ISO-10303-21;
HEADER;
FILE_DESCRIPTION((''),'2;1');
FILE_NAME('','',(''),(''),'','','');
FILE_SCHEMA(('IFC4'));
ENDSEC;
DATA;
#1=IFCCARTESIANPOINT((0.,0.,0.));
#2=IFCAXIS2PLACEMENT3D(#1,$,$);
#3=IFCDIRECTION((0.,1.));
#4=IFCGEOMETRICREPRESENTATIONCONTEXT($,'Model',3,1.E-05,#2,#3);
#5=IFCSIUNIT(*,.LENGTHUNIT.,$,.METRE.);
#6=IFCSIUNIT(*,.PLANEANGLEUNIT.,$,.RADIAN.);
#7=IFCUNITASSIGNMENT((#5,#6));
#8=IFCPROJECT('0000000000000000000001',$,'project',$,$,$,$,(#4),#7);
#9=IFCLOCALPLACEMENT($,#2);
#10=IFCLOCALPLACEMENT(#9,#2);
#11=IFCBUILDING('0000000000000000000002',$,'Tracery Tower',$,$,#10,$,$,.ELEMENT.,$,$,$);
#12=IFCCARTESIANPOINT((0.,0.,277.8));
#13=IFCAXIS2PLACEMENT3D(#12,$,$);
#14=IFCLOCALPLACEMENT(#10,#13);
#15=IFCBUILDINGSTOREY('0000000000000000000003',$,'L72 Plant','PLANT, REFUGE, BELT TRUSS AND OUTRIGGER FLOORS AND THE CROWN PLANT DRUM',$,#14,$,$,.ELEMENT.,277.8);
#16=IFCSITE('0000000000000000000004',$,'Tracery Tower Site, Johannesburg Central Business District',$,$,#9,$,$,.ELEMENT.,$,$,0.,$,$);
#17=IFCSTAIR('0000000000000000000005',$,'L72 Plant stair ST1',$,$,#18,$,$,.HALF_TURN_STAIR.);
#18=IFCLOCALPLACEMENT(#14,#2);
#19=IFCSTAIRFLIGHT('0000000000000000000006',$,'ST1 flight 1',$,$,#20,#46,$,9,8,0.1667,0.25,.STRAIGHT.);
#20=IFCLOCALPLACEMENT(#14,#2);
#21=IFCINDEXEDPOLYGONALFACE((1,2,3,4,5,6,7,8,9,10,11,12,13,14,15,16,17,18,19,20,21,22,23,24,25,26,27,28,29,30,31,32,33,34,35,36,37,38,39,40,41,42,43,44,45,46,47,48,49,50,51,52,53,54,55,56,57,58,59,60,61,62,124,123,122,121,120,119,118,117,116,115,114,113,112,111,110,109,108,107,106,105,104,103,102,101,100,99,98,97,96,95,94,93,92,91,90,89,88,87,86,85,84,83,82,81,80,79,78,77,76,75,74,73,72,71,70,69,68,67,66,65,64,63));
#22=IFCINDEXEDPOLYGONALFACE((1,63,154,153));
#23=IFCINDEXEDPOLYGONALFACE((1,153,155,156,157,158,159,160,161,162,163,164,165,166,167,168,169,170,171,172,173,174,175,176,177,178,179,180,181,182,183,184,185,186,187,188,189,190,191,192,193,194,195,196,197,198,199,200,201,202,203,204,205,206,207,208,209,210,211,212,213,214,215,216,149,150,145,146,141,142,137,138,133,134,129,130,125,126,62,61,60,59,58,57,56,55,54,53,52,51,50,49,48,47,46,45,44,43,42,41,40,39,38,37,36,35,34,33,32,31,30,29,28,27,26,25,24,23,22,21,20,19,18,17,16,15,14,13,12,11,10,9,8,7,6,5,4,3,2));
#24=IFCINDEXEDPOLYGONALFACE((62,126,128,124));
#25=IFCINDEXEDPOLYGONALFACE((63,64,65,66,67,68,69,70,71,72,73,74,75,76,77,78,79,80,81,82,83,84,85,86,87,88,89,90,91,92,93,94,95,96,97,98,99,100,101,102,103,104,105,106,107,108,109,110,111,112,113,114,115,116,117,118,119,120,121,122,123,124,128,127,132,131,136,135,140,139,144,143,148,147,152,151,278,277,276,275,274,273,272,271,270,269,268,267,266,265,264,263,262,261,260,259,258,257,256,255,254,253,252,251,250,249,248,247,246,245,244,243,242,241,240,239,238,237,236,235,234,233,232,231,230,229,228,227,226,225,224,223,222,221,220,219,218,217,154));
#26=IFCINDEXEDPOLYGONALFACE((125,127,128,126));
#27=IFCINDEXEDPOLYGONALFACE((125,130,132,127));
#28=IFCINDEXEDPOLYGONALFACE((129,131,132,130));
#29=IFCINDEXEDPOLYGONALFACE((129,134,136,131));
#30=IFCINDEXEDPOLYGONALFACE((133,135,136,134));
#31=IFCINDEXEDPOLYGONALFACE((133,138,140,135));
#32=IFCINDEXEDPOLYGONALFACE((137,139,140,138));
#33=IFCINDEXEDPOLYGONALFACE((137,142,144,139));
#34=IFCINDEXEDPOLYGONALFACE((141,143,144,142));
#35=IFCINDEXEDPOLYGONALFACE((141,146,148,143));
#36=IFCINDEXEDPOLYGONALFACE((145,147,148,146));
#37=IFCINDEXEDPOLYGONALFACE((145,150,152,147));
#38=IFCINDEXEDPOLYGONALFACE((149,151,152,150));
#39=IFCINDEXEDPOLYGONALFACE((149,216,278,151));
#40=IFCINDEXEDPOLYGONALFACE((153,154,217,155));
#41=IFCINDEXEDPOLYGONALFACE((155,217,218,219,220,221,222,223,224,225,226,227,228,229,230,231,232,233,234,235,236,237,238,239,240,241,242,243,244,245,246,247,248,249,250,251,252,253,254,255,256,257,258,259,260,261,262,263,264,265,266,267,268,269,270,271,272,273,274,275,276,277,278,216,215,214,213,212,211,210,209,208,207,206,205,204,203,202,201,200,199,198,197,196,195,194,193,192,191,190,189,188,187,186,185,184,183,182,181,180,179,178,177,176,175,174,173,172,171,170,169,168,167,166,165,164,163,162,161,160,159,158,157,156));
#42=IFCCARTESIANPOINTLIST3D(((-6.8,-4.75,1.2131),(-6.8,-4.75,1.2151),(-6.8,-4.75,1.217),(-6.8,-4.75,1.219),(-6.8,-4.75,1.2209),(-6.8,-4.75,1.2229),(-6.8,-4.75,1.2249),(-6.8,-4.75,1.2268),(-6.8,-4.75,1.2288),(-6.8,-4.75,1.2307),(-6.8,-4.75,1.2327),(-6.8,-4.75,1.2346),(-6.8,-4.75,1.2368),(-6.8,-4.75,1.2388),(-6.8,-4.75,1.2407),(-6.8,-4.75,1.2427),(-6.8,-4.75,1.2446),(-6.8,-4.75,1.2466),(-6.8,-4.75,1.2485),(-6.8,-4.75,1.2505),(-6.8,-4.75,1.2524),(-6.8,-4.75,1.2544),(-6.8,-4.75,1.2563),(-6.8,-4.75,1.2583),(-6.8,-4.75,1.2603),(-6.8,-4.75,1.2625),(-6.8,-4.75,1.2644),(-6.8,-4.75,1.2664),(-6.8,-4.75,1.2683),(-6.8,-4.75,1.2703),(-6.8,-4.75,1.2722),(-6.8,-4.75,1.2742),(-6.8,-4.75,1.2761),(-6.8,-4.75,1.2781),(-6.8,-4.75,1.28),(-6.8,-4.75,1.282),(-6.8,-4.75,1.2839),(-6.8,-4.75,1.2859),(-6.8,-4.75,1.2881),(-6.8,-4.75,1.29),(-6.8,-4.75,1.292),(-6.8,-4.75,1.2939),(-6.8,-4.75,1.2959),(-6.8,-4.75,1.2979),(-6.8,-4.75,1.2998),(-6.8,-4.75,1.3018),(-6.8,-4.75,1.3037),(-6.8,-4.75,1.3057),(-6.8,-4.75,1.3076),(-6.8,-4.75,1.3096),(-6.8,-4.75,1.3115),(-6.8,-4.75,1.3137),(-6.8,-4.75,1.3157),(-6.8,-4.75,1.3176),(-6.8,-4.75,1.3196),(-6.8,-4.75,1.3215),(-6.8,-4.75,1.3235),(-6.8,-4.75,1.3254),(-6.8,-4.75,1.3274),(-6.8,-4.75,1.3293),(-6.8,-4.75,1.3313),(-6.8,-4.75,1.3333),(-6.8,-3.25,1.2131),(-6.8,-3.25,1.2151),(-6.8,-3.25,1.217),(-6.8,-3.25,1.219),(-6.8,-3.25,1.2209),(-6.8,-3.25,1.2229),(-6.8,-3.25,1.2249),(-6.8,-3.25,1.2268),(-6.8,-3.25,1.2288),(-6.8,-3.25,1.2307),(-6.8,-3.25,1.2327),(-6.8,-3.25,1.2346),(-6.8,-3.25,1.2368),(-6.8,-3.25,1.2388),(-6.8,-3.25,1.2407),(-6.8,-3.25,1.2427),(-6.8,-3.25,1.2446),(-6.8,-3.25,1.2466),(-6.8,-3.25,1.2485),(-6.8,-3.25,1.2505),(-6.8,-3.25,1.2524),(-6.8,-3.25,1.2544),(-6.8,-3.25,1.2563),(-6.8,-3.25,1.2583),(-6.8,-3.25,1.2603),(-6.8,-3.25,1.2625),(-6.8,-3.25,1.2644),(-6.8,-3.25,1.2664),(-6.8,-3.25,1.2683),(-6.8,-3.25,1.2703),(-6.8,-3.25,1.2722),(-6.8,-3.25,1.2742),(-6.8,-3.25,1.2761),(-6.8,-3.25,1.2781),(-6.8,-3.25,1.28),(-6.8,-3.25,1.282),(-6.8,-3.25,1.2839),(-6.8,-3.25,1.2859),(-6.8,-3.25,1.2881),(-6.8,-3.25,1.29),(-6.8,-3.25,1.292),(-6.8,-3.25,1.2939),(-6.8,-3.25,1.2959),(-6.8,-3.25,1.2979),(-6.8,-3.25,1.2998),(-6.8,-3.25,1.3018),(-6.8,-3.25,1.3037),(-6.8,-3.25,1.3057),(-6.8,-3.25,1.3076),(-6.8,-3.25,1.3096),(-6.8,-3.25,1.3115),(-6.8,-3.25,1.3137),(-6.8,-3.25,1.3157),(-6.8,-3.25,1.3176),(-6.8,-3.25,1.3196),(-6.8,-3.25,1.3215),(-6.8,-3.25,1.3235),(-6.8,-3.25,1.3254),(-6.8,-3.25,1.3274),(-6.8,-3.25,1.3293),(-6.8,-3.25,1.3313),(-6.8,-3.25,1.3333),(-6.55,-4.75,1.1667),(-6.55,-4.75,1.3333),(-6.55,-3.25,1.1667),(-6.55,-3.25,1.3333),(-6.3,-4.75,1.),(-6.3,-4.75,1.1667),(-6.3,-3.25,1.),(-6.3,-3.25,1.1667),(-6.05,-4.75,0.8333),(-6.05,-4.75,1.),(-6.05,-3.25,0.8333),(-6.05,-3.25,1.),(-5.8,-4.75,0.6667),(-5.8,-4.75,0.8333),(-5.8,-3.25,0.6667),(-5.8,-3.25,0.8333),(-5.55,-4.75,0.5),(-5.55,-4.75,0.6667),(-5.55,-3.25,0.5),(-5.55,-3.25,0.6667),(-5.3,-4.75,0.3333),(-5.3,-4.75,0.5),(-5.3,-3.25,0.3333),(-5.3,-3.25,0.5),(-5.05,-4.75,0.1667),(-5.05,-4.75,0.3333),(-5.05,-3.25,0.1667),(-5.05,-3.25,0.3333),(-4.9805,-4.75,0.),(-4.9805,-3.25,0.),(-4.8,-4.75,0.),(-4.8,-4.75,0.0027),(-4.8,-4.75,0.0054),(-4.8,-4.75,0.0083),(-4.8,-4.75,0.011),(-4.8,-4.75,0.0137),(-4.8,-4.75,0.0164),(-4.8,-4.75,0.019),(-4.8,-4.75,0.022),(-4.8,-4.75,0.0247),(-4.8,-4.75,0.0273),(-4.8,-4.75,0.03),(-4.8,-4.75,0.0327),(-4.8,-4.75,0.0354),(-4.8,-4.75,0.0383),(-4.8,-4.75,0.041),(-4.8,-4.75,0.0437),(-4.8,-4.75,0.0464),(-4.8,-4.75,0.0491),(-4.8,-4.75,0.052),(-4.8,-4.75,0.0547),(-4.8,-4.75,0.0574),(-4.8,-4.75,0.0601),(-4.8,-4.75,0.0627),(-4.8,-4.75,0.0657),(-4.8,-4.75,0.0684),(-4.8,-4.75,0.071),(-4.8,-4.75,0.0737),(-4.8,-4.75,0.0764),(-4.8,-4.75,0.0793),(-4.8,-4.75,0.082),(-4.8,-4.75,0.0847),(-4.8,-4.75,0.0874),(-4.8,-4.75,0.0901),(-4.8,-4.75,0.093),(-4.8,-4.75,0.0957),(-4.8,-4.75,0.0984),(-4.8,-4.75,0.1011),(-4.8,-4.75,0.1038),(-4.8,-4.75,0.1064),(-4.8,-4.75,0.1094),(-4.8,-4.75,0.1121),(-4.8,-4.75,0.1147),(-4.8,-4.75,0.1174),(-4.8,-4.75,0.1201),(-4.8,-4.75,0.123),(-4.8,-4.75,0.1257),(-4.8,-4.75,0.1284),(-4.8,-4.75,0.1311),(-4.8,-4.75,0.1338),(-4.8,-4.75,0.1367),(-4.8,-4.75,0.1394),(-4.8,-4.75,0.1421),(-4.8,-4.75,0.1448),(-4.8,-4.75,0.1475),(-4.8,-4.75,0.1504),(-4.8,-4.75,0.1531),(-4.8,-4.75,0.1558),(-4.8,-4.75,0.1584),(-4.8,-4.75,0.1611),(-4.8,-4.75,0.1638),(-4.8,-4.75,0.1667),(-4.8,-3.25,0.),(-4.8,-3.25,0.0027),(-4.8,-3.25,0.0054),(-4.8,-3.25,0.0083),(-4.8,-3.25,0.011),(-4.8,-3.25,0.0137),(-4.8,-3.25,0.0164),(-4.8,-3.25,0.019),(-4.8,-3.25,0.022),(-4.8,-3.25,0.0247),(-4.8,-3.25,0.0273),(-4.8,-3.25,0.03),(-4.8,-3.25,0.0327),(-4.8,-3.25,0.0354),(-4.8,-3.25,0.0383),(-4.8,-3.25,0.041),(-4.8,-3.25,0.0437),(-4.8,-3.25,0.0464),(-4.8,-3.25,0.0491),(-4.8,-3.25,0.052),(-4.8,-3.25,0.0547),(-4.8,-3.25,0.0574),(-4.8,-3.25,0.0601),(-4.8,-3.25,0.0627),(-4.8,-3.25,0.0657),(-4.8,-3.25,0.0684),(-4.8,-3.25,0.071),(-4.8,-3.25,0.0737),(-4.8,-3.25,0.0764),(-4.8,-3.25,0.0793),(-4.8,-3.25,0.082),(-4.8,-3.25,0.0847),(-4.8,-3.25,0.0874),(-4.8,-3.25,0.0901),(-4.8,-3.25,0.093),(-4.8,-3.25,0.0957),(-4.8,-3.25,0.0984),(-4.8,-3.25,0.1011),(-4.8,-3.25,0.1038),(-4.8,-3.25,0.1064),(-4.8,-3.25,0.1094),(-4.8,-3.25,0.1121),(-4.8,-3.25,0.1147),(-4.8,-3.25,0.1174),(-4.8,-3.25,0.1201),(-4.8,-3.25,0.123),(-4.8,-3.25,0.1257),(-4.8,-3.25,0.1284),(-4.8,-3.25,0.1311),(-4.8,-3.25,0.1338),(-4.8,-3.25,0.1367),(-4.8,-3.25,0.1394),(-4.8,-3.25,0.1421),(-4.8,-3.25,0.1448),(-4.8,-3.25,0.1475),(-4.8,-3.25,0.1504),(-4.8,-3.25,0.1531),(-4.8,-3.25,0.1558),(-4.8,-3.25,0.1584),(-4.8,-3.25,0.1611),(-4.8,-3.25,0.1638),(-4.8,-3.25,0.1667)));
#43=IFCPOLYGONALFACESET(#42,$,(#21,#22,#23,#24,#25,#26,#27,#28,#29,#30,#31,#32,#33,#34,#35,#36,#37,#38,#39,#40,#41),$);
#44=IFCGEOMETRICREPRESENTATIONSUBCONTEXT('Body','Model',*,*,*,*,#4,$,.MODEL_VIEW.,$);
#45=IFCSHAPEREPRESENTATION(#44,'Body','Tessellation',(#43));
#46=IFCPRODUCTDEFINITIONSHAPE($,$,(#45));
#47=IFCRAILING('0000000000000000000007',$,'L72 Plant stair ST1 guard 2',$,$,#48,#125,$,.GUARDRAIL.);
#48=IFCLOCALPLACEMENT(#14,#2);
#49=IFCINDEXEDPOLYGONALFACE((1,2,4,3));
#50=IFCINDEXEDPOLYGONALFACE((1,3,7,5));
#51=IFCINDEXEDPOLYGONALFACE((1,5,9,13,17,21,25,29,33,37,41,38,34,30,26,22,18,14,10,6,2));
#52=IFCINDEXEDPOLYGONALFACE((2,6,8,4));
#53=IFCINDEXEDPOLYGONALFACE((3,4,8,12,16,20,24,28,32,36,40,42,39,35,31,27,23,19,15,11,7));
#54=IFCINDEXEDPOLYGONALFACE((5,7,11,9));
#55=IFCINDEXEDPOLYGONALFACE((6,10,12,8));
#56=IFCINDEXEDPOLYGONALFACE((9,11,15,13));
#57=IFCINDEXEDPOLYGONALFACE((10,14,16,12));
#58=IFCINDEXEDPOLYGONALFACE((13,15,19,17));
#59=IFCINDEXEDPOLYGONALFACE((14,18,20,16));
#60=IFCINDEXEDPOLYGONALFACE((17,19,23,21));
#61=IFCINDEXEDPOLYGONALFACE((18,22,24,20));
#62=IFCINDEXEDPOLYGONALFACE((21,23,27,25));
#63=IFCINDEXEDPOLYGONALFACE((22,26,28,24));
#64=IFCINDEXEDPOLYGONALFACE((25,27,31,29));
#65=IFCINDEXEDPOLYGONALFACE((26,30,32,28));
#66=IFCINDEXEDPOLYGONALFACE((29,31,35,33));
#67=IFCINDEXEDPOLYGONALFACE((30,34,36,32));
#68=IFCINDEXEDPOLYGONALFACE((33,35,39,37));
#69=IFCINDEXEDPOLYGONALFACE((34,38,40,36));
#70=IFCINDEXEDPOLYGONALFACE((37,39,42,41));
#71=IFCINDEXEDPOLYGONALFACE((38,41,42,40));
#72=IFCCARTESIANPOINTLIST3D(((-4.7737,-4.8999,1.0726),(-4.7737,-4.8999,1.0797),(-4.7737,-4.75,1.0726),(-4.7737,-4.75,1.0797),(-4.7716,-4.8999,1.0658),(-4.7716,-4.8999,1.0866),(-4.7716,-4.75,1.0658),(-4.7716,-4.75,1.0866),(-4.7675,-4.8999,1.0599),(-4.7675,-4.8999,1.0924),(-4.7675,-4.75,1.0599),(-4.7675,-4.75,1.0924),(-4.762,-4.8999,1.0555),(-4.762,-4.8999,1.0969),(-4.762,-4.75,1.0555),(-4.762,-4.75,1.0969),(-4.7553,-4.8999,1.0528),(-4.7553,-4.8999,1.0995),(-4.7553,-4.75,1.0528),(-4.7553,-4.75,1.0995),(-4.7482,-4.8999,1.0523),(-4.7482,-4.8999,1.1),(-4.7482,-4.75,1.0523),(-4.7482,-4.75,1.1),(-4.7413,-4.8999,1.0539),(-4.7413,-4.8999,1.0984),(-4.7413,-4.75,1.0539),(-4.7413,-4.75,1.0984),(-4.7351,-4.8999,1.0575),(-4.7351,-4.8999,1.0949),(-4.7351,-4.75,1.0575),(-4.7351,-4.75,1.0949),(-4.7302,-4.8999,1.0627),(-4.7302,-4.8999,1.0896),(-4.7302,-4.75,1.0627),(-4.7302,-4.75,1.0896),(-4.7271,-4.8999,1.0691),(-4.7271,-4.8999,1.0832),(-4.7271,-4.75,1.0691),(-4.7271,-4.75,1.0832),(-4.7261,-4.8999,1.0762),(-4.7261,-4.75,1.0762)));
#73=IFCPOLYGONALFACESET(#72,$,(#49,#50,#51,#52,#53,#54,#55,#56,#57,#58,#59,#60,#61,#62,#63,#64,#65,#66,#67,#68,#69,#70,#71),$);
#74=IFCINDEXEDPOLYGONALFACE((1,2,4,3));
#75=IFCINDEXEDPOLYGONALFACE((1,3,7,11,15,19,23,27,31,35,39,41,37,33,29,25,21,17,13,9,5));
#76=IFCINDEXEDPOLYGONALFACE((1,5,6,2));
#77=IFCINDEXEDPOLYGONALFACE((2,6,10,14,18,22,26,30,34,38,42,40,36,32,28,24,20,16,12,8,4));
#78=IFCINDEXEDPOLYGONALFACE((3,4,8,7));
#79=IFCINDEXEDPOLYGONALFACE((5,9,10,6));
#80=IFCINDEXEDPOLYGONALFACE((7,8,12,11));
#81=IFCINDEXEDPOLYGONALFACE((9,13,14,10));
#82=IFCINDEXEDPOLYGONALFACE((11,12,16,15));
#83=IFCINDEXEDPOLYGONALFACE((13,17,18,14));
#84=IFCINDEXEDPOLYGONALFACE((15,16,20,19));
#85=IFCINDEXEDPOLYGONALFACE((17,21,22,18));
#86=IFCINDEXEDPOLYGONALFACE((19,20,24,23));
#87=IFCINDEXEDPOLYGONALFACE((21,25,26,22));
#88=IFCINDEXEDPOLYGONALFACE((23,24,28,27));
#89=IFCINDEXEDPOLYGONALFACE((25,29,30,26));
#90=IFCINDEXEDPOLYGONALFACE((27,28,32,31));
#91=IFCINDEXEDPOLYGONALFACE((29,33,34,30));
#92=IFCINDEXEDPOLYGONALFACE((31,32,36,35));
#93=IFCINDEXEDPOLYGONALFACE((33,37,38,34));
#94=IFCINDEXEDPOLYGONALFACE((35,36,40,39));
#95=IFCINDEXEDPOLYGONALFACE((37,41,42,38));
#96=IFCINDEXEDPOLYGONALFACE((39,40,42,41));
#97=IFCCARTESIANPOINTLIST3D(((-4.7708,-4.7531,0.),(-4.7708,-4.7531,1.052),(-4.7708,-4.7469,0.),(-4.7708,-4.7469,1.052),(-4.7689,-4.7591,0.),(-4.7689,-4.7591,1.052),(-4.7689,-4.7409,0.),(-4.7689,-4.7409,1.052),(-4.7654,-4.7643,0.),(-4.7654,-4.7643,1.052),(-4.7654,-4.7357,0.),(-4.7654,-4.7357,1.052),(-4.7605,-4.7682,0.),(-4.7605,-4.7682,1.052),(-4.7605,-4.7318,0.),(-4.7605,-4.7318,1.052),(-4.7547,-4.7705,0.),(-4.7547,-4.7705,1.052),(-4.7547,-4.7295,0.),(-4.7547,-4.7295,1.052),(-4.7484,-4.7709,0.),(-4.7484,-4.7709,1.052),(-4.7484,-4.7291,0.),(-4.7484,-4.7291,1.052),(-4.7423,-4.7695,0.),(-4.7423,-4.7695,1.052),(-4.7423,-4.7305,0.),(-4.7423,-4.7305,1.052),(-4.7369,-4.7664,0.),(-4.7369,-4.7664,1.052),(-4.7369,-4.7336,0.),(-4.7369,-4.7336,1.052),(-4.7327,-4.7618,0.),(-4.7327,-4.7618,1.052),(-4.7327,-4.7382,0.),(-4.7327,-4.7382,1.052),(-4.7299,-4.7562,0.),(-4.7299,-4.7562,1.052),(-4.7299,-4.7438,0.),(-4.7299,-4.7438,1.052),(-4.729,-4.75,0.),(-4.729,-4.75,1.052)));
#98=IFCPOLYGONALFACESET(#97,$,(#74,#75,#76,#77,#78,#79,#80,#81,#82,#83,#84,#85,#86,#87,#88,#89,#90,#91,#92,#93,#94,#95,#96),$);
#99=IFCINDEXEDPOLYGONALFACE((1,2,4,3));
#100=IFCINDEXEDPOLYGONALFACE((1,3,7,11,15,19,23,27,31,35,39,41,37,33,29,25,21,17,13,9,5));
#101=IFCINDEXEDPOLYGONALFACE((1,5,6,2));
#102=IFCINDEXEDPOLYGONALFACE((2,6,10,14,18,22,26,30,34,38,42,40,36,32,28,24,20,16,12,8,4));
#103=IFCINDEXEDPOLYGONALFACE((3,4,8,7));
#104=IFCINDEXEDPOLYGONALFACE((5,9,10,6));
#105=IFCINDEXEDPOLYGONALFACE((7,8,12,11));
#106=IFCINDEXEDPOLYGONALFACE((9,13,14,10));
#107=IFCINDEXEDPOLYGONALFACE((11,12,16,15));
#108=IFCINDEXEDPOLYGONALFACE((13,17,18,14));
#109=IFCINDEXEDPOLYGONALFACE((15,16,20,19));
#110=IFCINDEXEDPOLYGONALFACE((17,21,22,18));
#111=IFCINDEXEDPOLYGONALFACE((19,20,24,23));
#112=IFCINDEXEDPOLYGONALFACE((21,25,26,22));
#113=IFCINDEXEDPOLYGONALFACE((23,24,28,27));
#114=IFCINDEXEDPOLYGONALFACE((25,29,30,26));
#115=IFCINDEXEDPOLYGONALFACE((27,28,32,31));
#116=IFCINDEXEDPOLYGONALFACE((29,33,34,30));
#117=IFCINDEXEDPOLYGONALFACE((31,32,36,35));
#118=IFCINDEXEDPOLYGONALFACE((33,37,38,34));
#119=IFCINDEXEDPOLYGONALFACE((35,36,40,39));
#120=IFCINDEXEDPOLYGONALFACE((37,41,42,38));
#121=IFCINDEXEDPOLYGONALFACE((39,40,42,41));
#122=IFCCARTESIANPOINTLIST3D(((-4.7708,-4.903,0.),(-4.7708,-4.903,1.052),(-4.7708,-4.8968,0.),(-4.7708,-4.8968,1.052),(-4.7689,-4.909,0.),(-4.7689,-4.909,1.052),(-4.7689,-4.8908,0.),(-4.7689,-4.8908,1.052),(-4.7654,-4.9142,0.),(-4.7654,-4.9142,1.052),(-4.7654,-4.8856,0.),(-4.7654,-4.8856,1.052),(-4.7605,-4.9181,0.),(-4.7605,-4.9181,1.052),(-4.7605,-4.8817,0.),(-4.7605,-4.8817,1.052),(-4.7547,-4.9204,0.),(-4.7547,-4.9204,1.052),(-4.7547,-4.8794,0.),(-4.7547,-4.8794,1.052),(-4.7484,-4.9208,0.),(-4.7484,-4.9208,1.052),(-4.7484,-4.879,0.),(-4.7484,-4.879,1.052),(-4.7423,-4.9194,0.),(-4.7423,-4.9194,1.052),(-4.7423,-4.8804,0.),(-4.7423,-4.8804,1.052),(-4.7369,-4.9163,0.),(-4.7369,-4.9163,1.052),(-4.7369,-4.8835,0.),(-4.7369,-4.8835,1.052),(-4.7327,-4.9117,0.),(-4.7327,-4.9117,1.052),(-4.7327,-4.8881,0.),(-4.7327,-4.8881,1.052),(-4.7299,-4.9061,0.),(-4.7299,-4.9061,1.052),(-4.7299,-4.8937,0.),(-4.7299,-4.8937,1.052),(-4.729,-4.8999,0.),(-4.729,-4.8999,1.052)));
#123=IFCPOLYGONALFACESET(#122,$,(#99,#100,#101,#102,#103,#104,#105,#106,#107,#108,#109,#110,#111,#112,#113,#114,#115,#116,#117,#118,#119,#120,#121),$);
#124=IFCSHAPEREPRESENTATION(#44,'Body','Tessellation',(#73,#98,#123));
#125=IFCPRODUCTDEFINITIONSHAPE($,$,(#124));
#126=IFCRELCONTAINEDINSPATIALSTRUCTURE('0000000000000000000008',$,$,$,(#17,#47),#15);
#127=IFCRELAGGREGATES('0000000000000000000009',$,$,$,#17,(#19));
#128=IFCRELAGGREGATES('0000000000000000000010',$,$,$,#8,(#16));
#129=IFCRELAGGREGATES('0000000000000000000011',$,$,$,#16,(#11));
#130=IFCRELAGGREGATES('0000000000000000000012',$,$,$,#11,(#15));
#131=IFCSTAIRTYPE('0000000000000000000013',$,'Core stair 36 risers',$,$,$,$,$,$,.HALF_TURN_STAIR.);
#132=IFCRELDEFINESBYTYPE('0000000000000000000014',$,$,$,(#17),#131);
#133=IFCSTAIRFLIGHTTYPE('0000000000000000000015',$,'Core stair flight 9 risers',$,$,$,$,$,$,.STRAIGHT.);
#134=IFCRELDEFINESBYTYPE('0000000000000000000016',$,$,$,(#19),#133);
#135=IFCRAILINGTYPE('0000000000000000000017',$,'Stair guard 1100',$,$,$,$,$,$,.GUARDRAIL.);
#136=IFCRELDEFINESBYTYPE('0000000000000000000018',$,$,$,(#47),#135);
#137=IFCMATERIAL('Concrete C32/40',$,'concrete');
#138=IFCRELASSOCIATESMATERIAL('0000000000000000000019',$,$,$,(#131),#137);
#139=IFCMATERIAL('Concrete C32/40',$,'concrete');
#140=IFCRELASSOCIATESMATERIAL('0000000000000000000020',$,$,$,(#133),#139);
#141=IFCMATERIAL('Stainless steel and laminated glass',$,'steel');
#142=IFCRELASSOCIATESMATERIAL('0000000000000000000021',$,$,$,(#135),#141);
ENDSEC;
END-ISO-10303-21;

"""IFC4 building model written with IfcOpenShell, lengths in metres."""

from ifc_helpers import new_model, si_unit, direction, frame, origin, origin_2d, place, context, subcontext, project, spatial, polyline, circle, outline, extrude, material, type_object, element, aggregate, save


model = new_model("IFC4")

# Units and contexts
model_context = context("Model", 3, precision=1e-05, world=origin(), true_north=direction((0.0, 1.0)))
body_context = subcontext(model_context, "Body", "Model", "MODEL_VIEW")
ifc_project = project(units=[si_unit("LENGTHUNIT", "METRE"), si_unit("PLANEANGLEUNIT", "RADIAN")], contexts=[model_context])

# Site, building, storey
site_placement = place(None, origin())
site = spatial("IfcSite", under=ifc_project, at=site_placement, Name="Tracery Tower Site, Johannesburg Central Business District", CompositionType="ELEMENT", RefElevation=0.0)
building_placement = place(site_placement, origin())
building = spatial("IfcBuilding", under=site, at=building_placement, Name="Tracery Tower", CompositionType="ELEMENT")
storey_placement = place(building_placement, frame((0.0, 0.0, 277.8)))
storey = spatial("IfcBuildingStorey", under=building, at=storey_placement, Name="L72 Plant", Description="PLANT, REFUGE, BELT TRUSS AND OUTRIGGER FLOORS AND THE CROWN PLANT DRUM", CompositionType="ELEMENT", Elevation=277.8)

# Stair
ifc_material_1 = material(Name="Concrete C32/40", Category="concrete")
stair_type = type_object("IfcStairType", Name="Core stair 36 risers", PredefinedType="HALF_TURN_STAIR", material=ifc_material_1)
stair_1_placement = place(storey_placement, origin())
stair_1 = element("IfcStair", 1, at=stair_1_placement, inside=storey, type_object=stair_type, Name="L72 Plant stair ST1", PredefinedType="HALF_TURN_STAIR")

# Stair flight
ifc_material_2 = material(Name="Concrete C32/40", Category="concrete")
stair_flight_type = type_object("IfcStairFlightType", Name="Core stair flight 9 risers", PredefinedType="STRAIGHT", material=ifc_material_2)
stair_flight_1_placement = place(storey_placement, frame((-4.8, -4.0, 0.0), z_axis=(0.0, 0.0, 1.0), x_axis=(-1.0, 0.0, 0.0)))
stair_flight_1 = element("IfcStairFlight", 2, at=stair_flight_1_placement, type_object=stair_flight_type, Name="ST1 flight 1", NumberOfRisers=9, NumberOfTreads=8, PredefinedType="STRAIGHT", RiserHeight=0.1667, TreadLength=0.25, context=body_context, shape_type="SweptSolid", body=[
    extrude(outline(polyline([(0.0, 0.0), (0.0, 0.0027), (0.0, 0.0054), (0.0, 0.0083), (0.0, 0.011), (0.0, 0.0137), (0.0, 0.0164), (0.0, 0.019), (0.0, 0.022), (0.0, 0.0247), (0.0, 0.0273), (0.0, 0.03), (0.0, 0.0327), (0.0, 0.0354), (0.0, 0.0383), (0.0, 0.041), (0.0, 0.0437), (0.0, 0.0464), (0.0, 0.0491), (0.0, 0.052), (0.0, 0.0547), (0.0, 0.0574), (0.0, 0.0601), (0.0, 0.0627), (0.0, 0.0657), (0.0, 0.0684), (0.0, 0.071), (0.0, 0.0737), (0.0, 0.0764), (0.0, 0.0793), (0.0, 0.082), (0.0, 0.0847), (0.0, 0.0874), (0.0, 0.0901), (0.0, 0.093), (0.0, 0.0957), (0.0, 0.0984), (0.0, 0.1011), (0.0, 0.1038), (0.0, 0.1064), (0.0, 0.1094), (0.0, 0.1121), (0.0, 0.1147), (0.0, 0.1174), (0.0, 0.1201), (0.0, 0.123), (0.0, 0.1257), (0.0, 0.1284), (0.0, 0.1311), (0.0, 0.1338), (0.0, 0.1367), (0.0, 0.1394), (0.0, 0.1421), (0.0, 0.1448), (0.0, 0.1475), (0.0, 0.1504), (0.0, 0.1531), (0.0, 0.1558), (0.0, 0.1584), (0.0, 0.1611), (0.0, 0.1638), (0.0, 0.1667), (0.25, 0.1667), (0.25, 0.3333), (0.5, 0.3333), (0.5, 0.5), (0.75, 0.5), (0.75, 0.6667), (1.0, 0.6667), (1.0, 0.8333), (1.25, 0.8333), (1.25, 1.0), (1.5, 1.0), (1.5, 1.1667), (1.75, 1.1667), (1.75, 1.3333), (2.0, 1.3333), (2.0, 1.3313), (2.0, 1.3293), (2.0, 1.3274), (2.0, 1.3254), (2.0, 1.3235), (2.0, 1.3215), (2.0, 1.3196), (2.0, 1.3176), (2.0, 1.3157), (2.0, 1.3137), (2.0, 1.3115), (2.0, 1.3096), (2.0, 1.3076), (2.0, 1.3057), (2.0, 1.3037), (2.0, 1.3018), (2.0, 1.2998), (2.0, 1.2979), (2.0, 1.2959), (2.0, 1.2939), (2.0, 1.292), (2.0, 1.29), (2.0, 1.2881), (2.0, 1.2859), (2.0, 1.2839), (2.0, 1.282), (2.0, 1.28), (2.0, 1.2781), (2.0, 1.2761), (2.0, 1.2742), (2.0, 1.2722), (2.0, 1.2703), (2.0, 1.2683), (2.0, 1.2664), (2.0, 1.2644), (2.0, 1.2625), (2.0, 1.2603), (2.0, 1.2583), (2.0, 1.2563), (2.0, 1.2544), (2.0, 1.2524), (2.0, 1.2505), (2.0, 1.2485), (2.0, 1.2466), (2.0, 1.2446), (2.0, 1.2427), (2.0, 1.2407), (2.0, 1.2388), (2.0, 1.2368), (2.0, 1.2346), (2.0, 1.2327), (2.0, 1.2307), (2.0, 1.2288), (2.0, 1.2268), (2.0, 1.2249), (2.0, 1.2229), (2.0, 1.2209), (2.0, 1.219), (2.0, 1.217), (2.0, 1.2151), (2.0, 1.2131), (0.1804, 0.0), (0.0, 0.0)])), frame((0.0, 0.75, 0.0), z_axis=(0.0, -1.0, 0.0), x_axis=(1.0, 0.0, 0.0)), (0.0, 0.0, 1.0), 1.5),
])
aggregate(stair_1, [stair_flight_1])

# Railing
ifc_material_3 = material(Name="Stainless steel and laminated glass", Category="steel")
railing_type_1 = type_object("IfcRailingType", Name="Stair guard 1100", PredefinedType="GUARDRAIL", material=ifc_material_3)
railing_1_placement = place(storey_placement, frame((-4.75, -4.75, 0.0)))
element("IfcRailing", 3, at=railing_1_placement, inside=storey, type_object=railing_type_1, Name="L72 Plant stair ST1 guard 2", PredefinedType="GUARDRAIL", context=body_context, shape_type="SweptSolid", body=[
    extrude(circle(Radius=0.0239, at=origin_2d()), frame((0.0, 0.0, 1.0762), z_axis=(0.0, -1.0, 0.0), x_axis=(1.0, 0.0, 0.0)), (0.0, 0.0, 1.0), 0.1499),
    extrude(circle(Radius=0.021, at=origin_2d()), origin(), (0.0, 0.0, 1.0), 1.052),
    extrude(circle(Radius=0.021, at=origin_2d()), frame((0.0, -0.1499, 0.0)), (0.0, 0.0, 1.0), 1.052),
])

save(model, "model.ifc")
